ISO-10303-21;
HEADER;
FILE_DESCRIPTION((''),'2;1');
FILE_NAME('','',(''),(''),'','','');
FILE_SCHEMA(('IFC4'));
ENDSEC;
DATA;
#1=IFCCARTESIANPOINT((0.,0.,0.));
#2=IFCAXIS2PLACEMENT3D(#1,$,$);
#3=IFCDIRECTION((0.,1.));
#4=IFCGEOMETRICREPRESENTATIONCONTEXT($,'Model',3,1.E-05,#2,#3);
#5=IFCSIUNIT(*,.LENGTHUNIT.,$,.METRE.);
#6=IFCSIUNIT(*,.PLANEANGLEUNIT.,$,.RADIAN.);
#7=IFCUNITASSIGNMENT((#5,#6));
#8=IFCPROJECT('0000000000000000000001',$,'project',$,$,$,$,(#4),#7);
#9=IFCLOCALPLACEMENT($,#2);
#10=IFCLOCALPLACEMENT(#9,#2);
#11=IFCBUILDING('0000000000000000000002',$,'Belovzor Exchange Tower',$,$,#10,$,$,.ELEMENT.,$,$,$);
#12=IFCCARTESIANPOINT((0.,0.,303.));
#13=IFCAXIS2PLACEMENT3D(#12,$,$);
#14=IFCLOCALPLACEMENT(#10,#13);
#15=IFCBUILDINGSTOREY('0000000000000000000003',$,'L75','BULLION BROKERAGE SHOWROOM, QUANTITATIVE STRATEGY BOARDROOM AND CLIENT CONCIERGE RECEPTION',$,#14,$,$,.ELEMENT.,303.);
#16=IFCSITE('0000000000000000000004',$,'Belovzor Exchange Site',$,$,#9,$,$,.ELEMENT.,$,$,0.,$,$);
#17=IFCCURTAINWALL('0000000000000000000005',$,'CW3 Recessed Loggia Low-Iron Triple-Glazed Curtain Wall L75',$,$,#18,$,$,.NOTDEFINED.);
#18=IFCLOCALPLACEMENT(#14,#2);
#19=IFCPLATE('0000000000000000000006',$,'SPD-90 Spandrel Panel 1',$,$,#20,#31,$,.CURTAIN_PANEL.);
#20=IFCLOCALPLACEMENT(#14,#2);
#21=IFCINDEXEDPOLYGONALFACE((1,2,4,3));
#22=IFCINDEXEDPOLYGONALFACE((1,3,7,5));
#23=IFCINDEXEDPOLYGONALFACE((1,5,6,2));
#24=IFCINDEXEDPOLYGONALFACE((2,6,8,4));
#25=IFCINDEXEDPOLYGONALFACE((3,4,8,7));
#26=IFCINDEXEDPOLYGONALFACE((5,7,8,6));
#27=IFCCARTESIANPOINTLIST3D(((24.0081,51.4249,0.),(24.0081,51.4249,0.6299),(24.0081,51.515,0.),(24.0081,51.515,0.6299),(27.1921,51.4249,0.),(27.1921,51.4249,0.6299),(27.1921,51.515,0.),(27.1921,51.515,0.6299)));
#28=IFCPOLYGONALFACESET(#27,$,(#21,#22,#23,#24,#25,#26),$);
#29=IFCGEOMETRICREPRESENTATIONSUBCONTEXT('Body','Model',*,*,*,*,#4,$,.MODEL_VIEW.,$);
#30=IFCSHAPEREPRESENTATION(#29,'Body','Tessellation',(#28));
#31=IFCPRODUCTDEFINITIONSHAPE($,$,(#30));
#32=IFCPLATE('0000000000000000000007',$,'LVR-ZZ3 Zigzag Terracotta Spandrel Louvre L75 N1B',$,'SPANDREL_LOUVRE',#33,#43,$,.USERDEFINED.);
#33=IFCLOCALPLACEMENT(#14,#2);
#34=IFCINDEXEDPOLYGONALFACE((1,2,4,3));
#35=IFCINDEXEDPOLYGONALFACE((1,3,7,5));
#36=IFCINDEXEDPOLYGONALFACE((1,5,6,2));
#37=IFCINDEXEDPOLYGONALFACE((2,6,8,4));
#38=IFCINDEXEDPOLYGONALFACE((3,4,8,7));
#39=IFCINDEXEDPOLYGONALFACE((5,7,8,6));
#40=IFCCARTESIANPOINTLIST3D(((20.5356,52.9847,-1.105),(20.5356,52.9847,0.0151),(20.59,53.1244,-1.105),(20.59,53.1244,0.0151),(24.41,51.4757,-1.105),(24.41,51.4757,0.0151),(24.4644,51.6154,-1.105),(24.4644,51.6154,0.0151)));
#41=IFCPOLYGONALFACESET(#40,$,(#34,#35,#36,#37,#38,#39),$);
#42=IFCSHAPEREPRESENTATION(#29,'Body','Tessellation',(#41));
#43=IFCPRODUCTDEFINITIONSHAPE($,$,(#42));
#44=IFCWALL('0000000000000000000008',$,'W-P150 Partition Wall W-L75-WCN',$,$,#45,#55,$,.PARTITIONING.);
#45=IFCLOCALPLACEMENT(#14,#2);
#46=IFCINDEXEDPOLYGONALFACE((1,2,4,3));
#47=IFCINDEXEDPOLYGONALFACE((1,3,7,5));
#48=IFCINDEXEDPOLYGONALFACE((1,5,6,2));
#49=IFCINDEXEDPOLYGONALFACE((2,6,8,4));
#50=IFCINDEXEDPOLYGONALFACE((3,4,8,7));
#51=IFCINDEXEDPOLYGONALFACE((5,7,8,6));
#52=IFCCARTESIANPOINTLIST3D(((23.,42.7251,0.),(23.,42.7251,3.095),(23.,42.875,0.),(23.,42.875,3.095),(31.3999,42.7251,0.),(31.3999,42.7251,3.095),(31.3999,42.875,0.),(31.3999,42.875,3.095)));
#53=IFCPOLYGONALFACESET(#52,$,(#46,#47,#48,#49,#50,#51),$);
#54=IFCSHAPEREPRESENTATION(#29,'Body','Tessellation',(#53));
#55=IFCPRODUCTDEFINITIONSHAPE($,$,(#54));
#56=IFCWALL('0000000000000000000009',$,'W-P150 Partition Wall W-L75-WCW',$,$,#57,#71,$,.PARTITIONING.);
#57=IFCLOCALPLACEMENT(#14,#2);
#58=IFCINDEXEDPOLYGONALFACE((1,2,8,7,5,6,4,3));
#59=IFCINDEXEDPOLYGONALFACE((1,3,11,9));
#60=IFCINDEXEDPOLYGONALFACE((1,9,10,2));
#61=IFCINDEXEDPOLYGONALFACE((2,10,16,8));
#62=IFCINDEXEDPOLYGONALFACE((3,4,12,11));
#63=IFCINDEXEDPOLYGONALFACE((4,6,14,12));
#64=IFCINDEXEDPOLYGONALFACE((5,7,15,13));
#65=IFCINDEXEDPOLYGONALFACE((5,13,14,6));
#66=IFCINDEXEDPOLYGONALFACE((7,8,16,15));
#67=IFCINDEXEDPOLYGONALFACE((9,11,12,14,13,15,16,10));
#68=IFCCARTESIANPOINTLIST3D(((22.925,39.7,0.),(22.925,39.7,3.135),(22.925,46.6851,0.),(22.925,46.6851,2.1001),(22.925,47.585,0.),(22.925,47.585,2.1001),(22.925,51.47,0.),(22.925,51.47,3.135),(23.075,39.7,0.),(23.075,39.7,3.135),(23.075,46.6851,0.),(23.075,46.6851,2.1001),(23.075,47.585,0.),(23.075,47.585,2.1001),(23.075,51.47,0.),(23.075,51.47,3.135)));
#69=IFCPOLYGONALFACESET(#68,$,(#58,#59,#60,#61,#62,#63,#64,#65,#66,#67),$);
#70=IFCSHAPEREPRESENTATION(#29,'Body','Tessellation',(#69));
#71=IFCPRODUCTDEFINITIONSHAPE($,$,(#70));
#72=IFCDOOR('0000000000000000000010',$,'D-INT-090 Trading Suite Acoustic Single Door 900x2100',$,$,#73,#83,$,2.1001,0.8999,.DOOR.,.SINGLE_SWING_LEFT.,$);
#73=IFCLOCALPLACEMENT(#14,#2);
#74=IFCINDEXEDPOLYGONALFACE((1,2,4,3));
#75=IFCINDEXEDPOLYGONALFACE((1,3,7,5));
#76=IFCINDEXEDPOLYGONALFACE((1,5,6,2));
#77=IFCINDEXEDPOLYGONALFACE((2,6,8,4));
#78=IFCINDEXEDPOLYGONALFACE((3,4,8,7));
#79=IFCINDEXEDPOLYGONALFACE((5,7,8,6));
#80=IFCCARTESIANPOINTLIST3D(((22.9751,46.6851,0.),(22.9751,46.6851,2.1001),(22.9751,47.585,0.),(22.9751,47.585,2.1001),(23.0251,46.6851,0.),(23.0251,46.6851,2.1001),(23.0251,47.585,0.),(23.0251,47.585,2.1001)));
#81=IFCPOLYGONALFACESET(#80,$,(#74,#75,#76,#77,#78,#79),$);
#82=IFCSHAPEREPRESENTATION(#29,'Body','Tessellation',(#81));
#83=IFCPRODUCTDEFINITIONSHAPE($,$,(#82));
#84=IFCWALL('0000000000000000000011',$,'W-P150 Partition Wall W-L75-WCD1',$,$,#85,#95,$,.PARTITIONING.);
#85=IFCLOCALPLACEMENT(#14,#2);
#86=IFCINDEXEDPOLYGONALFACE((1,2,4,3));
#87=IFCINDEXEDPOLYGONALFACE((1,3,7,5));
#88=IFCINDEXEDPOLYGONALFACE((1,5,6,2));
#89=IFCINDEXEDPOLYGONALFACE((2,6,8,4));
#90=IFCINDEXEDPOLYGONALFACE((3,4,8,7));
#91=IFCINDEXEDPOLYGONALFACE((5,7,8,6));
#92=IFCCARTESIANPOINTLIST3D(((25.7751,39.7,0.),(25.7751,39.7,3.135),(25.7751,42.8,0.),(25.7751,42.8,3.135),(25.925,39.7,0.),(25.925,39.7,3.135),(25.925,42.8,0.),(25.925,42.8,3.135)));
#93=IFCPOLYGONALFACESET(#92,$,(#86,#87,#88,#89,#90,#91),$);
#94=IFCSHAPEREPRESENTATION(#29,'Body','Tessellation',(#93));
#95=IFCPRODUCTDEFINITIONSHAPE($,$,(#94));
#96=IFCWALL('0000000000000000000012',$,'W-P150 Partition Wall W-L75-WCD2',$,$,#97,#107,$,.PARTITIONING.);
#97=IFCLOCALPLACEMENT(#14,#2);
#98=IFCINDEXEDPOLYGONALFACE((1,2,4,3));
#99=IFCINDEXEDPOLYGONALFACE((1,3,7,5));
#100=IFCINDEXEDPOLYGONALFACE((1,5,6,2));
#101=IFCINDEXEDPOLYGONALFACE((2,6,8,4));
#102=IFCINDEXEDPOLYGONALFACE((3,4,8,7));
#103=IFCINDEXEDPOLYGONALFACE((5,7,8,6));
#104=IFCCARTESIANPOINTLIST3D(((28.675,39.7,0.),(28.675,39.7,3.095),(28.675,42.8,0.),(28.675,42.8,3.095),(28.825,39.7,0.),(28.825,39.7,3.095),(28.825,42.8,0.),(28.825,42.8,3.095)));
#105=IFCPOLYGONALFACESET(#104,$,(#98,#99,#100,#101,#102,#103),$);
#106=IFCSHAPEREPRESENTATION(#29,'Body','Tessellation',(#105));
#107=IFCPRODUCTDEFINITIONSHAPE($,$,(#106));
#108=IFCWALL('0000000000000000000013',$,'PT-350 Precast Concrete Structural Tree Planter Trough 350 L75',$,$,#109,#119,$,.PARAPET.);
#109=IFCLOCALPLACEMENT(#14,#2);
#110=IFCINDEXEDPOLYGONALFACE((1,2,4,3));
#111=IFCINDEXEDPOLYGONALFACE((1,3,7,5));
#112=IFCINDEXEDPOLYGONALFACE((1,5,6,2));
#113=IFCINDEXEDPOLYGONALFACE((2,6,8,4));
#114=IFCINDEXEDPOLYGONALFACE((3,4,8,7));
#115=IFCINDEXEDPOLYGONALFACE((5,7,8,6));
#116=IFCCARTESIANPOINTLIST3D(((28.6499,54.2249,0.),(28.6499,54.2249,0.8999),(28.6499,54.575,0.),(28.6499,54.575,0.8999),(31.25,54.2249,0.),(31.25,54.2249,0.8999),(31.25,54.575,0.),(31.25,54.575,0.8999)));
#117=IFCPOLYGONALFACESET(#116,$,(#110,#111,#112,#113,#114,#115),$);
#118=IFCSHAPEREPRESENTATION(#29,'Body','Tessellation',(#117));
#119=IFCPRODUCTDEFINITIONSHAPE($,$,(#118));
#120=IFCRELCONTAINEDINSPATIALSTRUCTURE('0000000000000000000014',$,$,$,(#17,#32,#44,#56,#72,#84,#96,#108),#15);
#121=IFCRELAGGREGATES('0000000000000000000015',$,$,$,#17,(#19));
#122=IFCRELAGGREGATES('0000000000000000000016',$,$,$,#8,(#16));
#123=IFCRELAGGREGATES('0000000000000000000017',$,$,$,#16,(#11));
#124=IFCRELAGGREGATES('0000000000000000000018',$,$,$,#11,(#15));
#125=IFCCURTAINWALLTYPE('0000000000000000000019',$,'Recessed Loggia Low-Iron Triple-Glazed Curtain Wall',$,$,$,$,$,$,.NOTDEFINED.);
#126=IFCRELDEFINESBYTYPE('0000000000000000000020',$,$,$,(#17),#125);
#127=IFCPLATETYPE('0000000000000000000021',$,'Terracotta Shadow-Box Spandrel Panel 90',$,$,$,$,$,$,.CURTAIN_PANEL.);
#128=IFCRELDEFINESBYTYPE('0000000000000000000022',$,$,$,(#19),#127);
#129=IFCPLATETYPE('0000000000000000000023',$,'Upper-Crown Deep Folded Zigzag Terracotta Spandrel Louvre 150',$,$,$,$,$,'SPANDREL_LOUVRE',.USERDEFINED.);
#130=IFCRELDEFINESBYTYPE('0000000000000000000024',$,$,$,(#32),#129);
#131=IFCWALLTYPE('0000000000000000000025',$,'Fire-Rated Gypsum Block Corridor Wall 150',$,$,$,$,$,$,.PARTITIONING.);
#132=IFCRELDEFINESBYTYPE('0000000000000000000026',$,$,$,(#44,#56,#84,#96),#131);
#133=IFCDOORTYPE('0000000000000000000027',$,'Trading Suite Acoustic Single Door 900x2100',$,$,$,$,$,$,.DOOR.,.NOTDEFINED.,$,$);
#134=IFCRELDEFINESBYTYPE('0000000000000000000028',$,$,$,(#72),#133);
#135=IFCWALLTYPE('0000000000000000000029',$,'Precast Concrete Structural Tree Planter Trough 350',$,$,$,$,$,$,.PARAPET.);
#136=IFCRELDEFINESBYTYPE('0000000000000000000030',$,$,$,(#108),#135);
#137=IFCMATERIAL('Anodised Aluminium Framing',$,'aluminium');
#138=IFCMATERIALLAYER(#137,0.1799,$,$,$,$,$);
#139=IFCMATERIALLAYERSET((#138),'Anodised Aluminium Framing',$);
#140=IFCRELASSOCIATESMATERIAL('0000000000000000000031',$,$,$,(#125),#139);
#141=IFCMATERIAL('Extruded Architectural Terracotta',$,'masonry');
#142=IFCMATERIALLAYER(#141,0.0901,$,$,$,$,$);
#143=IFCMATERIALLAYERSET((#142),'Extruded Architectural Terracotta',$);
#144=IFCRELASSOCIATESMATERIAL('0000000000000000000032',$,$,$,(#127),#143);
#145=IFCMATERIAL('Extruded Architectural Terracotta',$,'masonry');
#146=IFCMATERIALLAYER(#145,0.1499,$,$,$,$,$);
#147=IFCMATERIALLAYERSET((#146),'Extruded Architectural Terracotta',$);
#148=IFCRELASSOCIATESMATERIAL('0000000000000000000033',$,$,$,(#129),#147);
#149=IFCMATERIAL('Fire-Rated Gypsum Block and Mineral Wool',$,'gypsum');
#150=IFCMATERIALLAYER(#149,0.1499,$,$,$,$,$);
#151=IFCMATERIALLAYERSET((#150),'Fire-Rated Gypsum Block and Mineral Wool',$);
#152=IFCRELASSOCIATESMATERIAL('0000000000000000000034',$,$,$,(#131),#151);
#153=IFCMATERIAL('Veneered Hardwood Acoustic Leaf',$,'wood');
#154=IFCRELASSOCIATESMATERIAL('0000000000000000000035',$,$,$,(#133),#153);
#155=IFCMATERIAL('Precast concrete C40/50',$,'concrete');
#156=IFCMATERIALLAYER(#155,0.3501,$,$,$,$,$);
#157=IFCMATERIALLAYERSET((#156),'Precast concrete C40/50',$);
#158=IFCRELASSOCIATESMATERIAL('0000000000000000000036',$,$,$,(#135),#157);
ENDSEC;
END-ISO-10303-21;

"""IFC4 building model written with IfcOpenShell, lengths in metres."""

from ifc_helpers import new_model, si_unit, direction, frame, frame_2d, origin, origin_2d, place, context, subcontext, project, spatial, rectangle, extrude, material, layer, layer_set, type_object, element, fill, aggregate, save


model = new_model("IFC4")

# Units and contexts
model_context = context("Model", 3, precision=1e-05, world=origin(), true_north=direction((0.0, 1.0)))
body_context = subcontext(model_context, "Body", "Model", "MODEL_VIEW")
ifc_project = project(units=[si_unit("LENGTHUNIT", "METRE"), si_unit("PLANEANGLEUNIT", "RADIAN")], contexts=[model_context])

# Site, building, storey
site_placement = place(None, origin())
site = spatial("IfcSite", under=ifc_project, at=site_placement, Name="Belovzor Exchange Site", CompositionType="ELEMENT", RefElevation=0.0)
building_placement = place(site_placement, origin())
building = spatial("IfcBuilding", under=site, at=building_placement, Name="Belovzor Exchange Tower", CompositionType="ELEMENT")
storey_placement = place(building_placement, frame((0.0, 0.0, 303.0)))
storey = spatial("IfcBuildingStorey", under=building, at=storey_placement, Name="L75", Description="BULLION BROKERAGE SHOWROOM, QUANTITATIVE STRATEGY BOARDROOM AND CLIENT CONCIERGE RECEPTION", CompositionType="ELEMENT", Elevation=303.0)

# Curtain wall
ifc_material_1 = material(Name="Anodised Aluminium Framing", Category="aluminium")
ifc_layer_1 = layer(ifc_material_1, 0.1799)
ifc_layer_set_1 = layer_set([ifc_layer_1], Name="Anodised Aluminium Framing")
curtain_wall_type = type_object("IfcCurtainWallType", Name="Recessed Loggia Low-Iron Triple-Glazed Curtain Wall", PredefinedType="NOTDEFINED", material=ifc_layer_set_1)
curtain_wall_placement = place(storey_placement, origin())
curtain_wall = element("IfcCurtainWall", 1, at=curtain_wall_placement, inside=storey, type_object=curtain_wall_type, Name="CW3 Recessed Loggia Low-Iron Triple-Glazed Curtain Wall L75", PredefinedType="NOTDEFINED")

# Plates
ifc_material_2 = material(Name="Extruded Architectural Terracotta", Category="masonry")
ifc_layer_2 = layer(ifc_material_2, 0.0901)
ifc_layer_set_2 = layer_set([ifc_layer_2], Name="Extruded Architectural Terracotta")
plate_type_1 = type_object("IfcPlateType", Name="Terracotta Shadow-Box Spandrel Panel 90", PredefinedType="CURTAIN_PANEL", material=ifc_layer_set_2)
plate_1_placement = place(storey_placement, frame((25.6001, 51.47, 0.0), z_axis=(0.0, 0.0, 1.0), x_axis=(1.0, 0.0, 0.0)))
plate_1 = element("IfcPlate", 2, at=plate_1_placement, type_object=plate_type_1, Name="SPD-90 Spandrel Panel 1", PredefinedType="CURTAIN_PANEL", context=body_context, shape_type="SweptSolid", body=[
    extrude(rectangle(XDim=3.1841, YDim=0.0901, at=origin_2d()), origin(), (0.0, 0.0, 1.0), 0.6299),
])
aggregate(curtain_wall, [plate_1])
ifc_material_3 = material(Name="Extruded Architectural Terracotta", Category="masonry")
ifc_layer_3 = layer(ifc_material_3, 0.1499)
ifc_layer_set_3 = layer_set([ifc_layer_3], Name="Extruded Architectural Terracotta")
plate_type_2 = type_object("IfcPlateType", Name="Upper-Crown Deep Folded Zigzag Terracotta Spandrel Louvre 150", ElementType="SPANDREL_LOUVRE", PredefinedType="USERDEFINED", material=ifc_layer_set_3)
plate_2_placement = place(storey_placement, frame((22.5, 52.3, -1.105), z_axis=(0.0, 0.0, 1.0), x_axis=(0.931818, -0.362926, 0.0)))
element("IfcPlate", 3, at=plate_2_placement, inside=storey, type_object=plate_type_2, Name="LVR-ZZ3 Zigzag Terracotta Spandrel Louvre L75 N1B", ObjectType="SPANDREL_LOUVRE", PredefinedType="USERDEFINED", context=body_context, shape_type="SweptSolid", body=[
    extrude(rectangle(XDim=4.158, YDim=0.1499, at=origin_2d()), origin(), (0.0, 0.0, 1.0), 1.1201),
])

# Wall
ifc_material_4 = material(Name="Fire-Rated Gypsum Block and Mineral Wool", Category="gypsum")
ifc_layer_4 = layer(ifc_material_4, 0.1499)
ifc_layer_set_4 = layer_set([ifc_layer_4], Name="Fire-Rated Gypsum Block and Mineral Wool")
wall_type_1 = type_object("IfcWallType", Name="Fire-Rated Gypsum Block Corridor Wall 150", PredefinedType="PARTITIONING", material=ifc_layer_set_4)
wall_1_placement = place(storey_placement, frame((23.0, 42.8, 0.0), z_axis=(0.0, 0.0, 1.0), x_axis=(1.0, 0.0, 0.0)))
element("IfcWall", 4, at=wall_1_placement, inside=storey, type_object=wall_type_1, Name="W-P150 Partition Wall W-L75-WCN", PredefinedType="PARTITIONING", context=body_context, shape_type="SweptSolid", body=[
    extrude(rectangle(XDim=8.3999, YDim=0.1499, at=frame_2d((4.2, 0.0))), origin(), (0.0, 0.0, 1.0), 3.095),
])

# Wall, opening, door
wall_2_placement = place(storey_placement, frame((23.0, 39.7, 0.0), z_axis=(0.0, 0.0, 1.0), x_axis=(0.0, 1.0, 0.0)))
wall_2 = element("IfcWall", 5, at=wall_2_placement, inside=storey, type_object=wall_type_1, Name="W-P150 Partition Wall W-L75-WCW", PredefinedType="PARTITIONING", context=body_context, shape_type="SweptSolid", body=[
    extrude(rectangle(XDim=11.77, YDim=0.1499, at=frame_2d((5.885, 0.0))), origin(), (0.0, 0.0, 1.0), 3.135),
])
opening_placement = place(wall_2_placement, frame((6.9851, 0.0, 0.0)))
opening = element("IfcOpeningElement", 6, at=opening_placement, cuts=wall_2, PredefinedType="OPENING", context=body_context, shape_type="SweptSolid", body=[
    extrude(rectangle(XDim=0.8999, YDim=2.1001, at=frame_2d((0.45, 1.05))), frame((0.0, 0.085, 0.0), z_axis=(0.0, -1.0, 0.0), x_axis=(1.0, 0.0, 0.0)), (0.0, 0.0, 1.0), 0.1699),
])
ifc_material_5 = material(Name="Veneered Hardwood Acoustic Leaf", Category="wood")
door_type = type_object("IfcDoorType", Name="Trading Suite Acoustic Single Door 900x2100", OperationType="NOTDEFINED", PredefinedType="DOOR", material=ifc_material_5)
door_placement = place(opening_placement, origin())
door = element("IfcDoor", 7, at=door_placement, inside=storey, type_object=door_type, Name="D-INT-090 Trading Suite Acoustic Single Door 900x2100", OperationType="SINGLE_SWING_LEFT", OverallHeight=2.1001, OverallWidth=0.8999, PredefinedType="DOOR", context=body_context, shape_type="SweptSolid", body=[
    extrude(rectangle(XDim=0.8999, YDim=2.1001, at=frame_2d((0.45, 1.05))), frame((0.0, 0.0249, 0.0), z_axis=(0.0, -1.0, 0.0), x_axis=(1.0, 0.0, 0.0)), (0.0, 0.0, 1.0), 0.05),
])
fill(opening, door)

# Walls
wall_3_placement = place(storey_placement, frame((25.8501, 39.7, 0.0), z_axis=(0.0, 0.0, 1.0), x_axis=(0.0, 1.0, 0.0)))
element("IfcWall", 8, at=wall_3_placement, inside=storey, type_object=wall_type_1, Name="W-P150 Partition Wall W-L75-WCD1", PredefinedType="PARTITIONING", context=body_context, shape_type="SweptSolid", body=[
    extrude(rectangle(XDim=3.1001, YDim=0.1499, at=frame_2d((1.55, 0.0))), origin(), (0.0, 0.0, 1.0), 3.135),
])
wall_4_placement = place(storey_placement, frame((28.75, 39.7, 0.0), z_axis=(0.0, 0.0, 1.0), x_axis=(0.0, 1.0, 0.0)))
element("IfcWall", 9, at=wall_4_placement, inside=storey, type_object=wall_type_1, Name="W-P150 Partition Wall W-L75-WCD2", PredefinedType="PARTITIONING", context=body_context, shape_type="SweptSolid", body=[
    extrude(rectangle(XDim=3.1001, YDim=0.1499, at=frame_2d((1.55, 0.0))), origin(), (0.0, 0.0, 1.0), 3.095),
])
ifc_material_6 = material(Name="Precast concrete C40/50", Category="concrete")
ifc_layer_5 = layer(ifc_material_6, 0.3501)
ifc_layer_set_5 = layer_set([ifc_layer_5], Name="Precast concrete C40/50")
wall_type_2 = type_object("IfcWallType", Name="Precast Concrete Structural Tree Planter Trough 350", PredefinedType="PARAPET", material=ifc_layer_set_5)
wall_5_placement = place(storey_placement, frame((28.6499, 54.3999, 0.0), z_axis=(0.0, 0.0, 1.0), x_axis=(1.0, 0.0, 0.0)))
element("IfcWall", 10, at=wall_5_placement, inside=storey, type_object=wall_type_2, Name="PT-350 Precast Concrete Structural Tree Planter Trough 350 L75", PredefinedType="PARAPET", context=body_context, shape_type="SweptSolid", body=[
    extrude(rectangle(XDim=2.6001, YDim=0.3501, at=frame_2d((1.3, 0.0))), origin(), (0.0, 0.0, 1.0), 0.8999),
])

save(model, "model.ifc")
